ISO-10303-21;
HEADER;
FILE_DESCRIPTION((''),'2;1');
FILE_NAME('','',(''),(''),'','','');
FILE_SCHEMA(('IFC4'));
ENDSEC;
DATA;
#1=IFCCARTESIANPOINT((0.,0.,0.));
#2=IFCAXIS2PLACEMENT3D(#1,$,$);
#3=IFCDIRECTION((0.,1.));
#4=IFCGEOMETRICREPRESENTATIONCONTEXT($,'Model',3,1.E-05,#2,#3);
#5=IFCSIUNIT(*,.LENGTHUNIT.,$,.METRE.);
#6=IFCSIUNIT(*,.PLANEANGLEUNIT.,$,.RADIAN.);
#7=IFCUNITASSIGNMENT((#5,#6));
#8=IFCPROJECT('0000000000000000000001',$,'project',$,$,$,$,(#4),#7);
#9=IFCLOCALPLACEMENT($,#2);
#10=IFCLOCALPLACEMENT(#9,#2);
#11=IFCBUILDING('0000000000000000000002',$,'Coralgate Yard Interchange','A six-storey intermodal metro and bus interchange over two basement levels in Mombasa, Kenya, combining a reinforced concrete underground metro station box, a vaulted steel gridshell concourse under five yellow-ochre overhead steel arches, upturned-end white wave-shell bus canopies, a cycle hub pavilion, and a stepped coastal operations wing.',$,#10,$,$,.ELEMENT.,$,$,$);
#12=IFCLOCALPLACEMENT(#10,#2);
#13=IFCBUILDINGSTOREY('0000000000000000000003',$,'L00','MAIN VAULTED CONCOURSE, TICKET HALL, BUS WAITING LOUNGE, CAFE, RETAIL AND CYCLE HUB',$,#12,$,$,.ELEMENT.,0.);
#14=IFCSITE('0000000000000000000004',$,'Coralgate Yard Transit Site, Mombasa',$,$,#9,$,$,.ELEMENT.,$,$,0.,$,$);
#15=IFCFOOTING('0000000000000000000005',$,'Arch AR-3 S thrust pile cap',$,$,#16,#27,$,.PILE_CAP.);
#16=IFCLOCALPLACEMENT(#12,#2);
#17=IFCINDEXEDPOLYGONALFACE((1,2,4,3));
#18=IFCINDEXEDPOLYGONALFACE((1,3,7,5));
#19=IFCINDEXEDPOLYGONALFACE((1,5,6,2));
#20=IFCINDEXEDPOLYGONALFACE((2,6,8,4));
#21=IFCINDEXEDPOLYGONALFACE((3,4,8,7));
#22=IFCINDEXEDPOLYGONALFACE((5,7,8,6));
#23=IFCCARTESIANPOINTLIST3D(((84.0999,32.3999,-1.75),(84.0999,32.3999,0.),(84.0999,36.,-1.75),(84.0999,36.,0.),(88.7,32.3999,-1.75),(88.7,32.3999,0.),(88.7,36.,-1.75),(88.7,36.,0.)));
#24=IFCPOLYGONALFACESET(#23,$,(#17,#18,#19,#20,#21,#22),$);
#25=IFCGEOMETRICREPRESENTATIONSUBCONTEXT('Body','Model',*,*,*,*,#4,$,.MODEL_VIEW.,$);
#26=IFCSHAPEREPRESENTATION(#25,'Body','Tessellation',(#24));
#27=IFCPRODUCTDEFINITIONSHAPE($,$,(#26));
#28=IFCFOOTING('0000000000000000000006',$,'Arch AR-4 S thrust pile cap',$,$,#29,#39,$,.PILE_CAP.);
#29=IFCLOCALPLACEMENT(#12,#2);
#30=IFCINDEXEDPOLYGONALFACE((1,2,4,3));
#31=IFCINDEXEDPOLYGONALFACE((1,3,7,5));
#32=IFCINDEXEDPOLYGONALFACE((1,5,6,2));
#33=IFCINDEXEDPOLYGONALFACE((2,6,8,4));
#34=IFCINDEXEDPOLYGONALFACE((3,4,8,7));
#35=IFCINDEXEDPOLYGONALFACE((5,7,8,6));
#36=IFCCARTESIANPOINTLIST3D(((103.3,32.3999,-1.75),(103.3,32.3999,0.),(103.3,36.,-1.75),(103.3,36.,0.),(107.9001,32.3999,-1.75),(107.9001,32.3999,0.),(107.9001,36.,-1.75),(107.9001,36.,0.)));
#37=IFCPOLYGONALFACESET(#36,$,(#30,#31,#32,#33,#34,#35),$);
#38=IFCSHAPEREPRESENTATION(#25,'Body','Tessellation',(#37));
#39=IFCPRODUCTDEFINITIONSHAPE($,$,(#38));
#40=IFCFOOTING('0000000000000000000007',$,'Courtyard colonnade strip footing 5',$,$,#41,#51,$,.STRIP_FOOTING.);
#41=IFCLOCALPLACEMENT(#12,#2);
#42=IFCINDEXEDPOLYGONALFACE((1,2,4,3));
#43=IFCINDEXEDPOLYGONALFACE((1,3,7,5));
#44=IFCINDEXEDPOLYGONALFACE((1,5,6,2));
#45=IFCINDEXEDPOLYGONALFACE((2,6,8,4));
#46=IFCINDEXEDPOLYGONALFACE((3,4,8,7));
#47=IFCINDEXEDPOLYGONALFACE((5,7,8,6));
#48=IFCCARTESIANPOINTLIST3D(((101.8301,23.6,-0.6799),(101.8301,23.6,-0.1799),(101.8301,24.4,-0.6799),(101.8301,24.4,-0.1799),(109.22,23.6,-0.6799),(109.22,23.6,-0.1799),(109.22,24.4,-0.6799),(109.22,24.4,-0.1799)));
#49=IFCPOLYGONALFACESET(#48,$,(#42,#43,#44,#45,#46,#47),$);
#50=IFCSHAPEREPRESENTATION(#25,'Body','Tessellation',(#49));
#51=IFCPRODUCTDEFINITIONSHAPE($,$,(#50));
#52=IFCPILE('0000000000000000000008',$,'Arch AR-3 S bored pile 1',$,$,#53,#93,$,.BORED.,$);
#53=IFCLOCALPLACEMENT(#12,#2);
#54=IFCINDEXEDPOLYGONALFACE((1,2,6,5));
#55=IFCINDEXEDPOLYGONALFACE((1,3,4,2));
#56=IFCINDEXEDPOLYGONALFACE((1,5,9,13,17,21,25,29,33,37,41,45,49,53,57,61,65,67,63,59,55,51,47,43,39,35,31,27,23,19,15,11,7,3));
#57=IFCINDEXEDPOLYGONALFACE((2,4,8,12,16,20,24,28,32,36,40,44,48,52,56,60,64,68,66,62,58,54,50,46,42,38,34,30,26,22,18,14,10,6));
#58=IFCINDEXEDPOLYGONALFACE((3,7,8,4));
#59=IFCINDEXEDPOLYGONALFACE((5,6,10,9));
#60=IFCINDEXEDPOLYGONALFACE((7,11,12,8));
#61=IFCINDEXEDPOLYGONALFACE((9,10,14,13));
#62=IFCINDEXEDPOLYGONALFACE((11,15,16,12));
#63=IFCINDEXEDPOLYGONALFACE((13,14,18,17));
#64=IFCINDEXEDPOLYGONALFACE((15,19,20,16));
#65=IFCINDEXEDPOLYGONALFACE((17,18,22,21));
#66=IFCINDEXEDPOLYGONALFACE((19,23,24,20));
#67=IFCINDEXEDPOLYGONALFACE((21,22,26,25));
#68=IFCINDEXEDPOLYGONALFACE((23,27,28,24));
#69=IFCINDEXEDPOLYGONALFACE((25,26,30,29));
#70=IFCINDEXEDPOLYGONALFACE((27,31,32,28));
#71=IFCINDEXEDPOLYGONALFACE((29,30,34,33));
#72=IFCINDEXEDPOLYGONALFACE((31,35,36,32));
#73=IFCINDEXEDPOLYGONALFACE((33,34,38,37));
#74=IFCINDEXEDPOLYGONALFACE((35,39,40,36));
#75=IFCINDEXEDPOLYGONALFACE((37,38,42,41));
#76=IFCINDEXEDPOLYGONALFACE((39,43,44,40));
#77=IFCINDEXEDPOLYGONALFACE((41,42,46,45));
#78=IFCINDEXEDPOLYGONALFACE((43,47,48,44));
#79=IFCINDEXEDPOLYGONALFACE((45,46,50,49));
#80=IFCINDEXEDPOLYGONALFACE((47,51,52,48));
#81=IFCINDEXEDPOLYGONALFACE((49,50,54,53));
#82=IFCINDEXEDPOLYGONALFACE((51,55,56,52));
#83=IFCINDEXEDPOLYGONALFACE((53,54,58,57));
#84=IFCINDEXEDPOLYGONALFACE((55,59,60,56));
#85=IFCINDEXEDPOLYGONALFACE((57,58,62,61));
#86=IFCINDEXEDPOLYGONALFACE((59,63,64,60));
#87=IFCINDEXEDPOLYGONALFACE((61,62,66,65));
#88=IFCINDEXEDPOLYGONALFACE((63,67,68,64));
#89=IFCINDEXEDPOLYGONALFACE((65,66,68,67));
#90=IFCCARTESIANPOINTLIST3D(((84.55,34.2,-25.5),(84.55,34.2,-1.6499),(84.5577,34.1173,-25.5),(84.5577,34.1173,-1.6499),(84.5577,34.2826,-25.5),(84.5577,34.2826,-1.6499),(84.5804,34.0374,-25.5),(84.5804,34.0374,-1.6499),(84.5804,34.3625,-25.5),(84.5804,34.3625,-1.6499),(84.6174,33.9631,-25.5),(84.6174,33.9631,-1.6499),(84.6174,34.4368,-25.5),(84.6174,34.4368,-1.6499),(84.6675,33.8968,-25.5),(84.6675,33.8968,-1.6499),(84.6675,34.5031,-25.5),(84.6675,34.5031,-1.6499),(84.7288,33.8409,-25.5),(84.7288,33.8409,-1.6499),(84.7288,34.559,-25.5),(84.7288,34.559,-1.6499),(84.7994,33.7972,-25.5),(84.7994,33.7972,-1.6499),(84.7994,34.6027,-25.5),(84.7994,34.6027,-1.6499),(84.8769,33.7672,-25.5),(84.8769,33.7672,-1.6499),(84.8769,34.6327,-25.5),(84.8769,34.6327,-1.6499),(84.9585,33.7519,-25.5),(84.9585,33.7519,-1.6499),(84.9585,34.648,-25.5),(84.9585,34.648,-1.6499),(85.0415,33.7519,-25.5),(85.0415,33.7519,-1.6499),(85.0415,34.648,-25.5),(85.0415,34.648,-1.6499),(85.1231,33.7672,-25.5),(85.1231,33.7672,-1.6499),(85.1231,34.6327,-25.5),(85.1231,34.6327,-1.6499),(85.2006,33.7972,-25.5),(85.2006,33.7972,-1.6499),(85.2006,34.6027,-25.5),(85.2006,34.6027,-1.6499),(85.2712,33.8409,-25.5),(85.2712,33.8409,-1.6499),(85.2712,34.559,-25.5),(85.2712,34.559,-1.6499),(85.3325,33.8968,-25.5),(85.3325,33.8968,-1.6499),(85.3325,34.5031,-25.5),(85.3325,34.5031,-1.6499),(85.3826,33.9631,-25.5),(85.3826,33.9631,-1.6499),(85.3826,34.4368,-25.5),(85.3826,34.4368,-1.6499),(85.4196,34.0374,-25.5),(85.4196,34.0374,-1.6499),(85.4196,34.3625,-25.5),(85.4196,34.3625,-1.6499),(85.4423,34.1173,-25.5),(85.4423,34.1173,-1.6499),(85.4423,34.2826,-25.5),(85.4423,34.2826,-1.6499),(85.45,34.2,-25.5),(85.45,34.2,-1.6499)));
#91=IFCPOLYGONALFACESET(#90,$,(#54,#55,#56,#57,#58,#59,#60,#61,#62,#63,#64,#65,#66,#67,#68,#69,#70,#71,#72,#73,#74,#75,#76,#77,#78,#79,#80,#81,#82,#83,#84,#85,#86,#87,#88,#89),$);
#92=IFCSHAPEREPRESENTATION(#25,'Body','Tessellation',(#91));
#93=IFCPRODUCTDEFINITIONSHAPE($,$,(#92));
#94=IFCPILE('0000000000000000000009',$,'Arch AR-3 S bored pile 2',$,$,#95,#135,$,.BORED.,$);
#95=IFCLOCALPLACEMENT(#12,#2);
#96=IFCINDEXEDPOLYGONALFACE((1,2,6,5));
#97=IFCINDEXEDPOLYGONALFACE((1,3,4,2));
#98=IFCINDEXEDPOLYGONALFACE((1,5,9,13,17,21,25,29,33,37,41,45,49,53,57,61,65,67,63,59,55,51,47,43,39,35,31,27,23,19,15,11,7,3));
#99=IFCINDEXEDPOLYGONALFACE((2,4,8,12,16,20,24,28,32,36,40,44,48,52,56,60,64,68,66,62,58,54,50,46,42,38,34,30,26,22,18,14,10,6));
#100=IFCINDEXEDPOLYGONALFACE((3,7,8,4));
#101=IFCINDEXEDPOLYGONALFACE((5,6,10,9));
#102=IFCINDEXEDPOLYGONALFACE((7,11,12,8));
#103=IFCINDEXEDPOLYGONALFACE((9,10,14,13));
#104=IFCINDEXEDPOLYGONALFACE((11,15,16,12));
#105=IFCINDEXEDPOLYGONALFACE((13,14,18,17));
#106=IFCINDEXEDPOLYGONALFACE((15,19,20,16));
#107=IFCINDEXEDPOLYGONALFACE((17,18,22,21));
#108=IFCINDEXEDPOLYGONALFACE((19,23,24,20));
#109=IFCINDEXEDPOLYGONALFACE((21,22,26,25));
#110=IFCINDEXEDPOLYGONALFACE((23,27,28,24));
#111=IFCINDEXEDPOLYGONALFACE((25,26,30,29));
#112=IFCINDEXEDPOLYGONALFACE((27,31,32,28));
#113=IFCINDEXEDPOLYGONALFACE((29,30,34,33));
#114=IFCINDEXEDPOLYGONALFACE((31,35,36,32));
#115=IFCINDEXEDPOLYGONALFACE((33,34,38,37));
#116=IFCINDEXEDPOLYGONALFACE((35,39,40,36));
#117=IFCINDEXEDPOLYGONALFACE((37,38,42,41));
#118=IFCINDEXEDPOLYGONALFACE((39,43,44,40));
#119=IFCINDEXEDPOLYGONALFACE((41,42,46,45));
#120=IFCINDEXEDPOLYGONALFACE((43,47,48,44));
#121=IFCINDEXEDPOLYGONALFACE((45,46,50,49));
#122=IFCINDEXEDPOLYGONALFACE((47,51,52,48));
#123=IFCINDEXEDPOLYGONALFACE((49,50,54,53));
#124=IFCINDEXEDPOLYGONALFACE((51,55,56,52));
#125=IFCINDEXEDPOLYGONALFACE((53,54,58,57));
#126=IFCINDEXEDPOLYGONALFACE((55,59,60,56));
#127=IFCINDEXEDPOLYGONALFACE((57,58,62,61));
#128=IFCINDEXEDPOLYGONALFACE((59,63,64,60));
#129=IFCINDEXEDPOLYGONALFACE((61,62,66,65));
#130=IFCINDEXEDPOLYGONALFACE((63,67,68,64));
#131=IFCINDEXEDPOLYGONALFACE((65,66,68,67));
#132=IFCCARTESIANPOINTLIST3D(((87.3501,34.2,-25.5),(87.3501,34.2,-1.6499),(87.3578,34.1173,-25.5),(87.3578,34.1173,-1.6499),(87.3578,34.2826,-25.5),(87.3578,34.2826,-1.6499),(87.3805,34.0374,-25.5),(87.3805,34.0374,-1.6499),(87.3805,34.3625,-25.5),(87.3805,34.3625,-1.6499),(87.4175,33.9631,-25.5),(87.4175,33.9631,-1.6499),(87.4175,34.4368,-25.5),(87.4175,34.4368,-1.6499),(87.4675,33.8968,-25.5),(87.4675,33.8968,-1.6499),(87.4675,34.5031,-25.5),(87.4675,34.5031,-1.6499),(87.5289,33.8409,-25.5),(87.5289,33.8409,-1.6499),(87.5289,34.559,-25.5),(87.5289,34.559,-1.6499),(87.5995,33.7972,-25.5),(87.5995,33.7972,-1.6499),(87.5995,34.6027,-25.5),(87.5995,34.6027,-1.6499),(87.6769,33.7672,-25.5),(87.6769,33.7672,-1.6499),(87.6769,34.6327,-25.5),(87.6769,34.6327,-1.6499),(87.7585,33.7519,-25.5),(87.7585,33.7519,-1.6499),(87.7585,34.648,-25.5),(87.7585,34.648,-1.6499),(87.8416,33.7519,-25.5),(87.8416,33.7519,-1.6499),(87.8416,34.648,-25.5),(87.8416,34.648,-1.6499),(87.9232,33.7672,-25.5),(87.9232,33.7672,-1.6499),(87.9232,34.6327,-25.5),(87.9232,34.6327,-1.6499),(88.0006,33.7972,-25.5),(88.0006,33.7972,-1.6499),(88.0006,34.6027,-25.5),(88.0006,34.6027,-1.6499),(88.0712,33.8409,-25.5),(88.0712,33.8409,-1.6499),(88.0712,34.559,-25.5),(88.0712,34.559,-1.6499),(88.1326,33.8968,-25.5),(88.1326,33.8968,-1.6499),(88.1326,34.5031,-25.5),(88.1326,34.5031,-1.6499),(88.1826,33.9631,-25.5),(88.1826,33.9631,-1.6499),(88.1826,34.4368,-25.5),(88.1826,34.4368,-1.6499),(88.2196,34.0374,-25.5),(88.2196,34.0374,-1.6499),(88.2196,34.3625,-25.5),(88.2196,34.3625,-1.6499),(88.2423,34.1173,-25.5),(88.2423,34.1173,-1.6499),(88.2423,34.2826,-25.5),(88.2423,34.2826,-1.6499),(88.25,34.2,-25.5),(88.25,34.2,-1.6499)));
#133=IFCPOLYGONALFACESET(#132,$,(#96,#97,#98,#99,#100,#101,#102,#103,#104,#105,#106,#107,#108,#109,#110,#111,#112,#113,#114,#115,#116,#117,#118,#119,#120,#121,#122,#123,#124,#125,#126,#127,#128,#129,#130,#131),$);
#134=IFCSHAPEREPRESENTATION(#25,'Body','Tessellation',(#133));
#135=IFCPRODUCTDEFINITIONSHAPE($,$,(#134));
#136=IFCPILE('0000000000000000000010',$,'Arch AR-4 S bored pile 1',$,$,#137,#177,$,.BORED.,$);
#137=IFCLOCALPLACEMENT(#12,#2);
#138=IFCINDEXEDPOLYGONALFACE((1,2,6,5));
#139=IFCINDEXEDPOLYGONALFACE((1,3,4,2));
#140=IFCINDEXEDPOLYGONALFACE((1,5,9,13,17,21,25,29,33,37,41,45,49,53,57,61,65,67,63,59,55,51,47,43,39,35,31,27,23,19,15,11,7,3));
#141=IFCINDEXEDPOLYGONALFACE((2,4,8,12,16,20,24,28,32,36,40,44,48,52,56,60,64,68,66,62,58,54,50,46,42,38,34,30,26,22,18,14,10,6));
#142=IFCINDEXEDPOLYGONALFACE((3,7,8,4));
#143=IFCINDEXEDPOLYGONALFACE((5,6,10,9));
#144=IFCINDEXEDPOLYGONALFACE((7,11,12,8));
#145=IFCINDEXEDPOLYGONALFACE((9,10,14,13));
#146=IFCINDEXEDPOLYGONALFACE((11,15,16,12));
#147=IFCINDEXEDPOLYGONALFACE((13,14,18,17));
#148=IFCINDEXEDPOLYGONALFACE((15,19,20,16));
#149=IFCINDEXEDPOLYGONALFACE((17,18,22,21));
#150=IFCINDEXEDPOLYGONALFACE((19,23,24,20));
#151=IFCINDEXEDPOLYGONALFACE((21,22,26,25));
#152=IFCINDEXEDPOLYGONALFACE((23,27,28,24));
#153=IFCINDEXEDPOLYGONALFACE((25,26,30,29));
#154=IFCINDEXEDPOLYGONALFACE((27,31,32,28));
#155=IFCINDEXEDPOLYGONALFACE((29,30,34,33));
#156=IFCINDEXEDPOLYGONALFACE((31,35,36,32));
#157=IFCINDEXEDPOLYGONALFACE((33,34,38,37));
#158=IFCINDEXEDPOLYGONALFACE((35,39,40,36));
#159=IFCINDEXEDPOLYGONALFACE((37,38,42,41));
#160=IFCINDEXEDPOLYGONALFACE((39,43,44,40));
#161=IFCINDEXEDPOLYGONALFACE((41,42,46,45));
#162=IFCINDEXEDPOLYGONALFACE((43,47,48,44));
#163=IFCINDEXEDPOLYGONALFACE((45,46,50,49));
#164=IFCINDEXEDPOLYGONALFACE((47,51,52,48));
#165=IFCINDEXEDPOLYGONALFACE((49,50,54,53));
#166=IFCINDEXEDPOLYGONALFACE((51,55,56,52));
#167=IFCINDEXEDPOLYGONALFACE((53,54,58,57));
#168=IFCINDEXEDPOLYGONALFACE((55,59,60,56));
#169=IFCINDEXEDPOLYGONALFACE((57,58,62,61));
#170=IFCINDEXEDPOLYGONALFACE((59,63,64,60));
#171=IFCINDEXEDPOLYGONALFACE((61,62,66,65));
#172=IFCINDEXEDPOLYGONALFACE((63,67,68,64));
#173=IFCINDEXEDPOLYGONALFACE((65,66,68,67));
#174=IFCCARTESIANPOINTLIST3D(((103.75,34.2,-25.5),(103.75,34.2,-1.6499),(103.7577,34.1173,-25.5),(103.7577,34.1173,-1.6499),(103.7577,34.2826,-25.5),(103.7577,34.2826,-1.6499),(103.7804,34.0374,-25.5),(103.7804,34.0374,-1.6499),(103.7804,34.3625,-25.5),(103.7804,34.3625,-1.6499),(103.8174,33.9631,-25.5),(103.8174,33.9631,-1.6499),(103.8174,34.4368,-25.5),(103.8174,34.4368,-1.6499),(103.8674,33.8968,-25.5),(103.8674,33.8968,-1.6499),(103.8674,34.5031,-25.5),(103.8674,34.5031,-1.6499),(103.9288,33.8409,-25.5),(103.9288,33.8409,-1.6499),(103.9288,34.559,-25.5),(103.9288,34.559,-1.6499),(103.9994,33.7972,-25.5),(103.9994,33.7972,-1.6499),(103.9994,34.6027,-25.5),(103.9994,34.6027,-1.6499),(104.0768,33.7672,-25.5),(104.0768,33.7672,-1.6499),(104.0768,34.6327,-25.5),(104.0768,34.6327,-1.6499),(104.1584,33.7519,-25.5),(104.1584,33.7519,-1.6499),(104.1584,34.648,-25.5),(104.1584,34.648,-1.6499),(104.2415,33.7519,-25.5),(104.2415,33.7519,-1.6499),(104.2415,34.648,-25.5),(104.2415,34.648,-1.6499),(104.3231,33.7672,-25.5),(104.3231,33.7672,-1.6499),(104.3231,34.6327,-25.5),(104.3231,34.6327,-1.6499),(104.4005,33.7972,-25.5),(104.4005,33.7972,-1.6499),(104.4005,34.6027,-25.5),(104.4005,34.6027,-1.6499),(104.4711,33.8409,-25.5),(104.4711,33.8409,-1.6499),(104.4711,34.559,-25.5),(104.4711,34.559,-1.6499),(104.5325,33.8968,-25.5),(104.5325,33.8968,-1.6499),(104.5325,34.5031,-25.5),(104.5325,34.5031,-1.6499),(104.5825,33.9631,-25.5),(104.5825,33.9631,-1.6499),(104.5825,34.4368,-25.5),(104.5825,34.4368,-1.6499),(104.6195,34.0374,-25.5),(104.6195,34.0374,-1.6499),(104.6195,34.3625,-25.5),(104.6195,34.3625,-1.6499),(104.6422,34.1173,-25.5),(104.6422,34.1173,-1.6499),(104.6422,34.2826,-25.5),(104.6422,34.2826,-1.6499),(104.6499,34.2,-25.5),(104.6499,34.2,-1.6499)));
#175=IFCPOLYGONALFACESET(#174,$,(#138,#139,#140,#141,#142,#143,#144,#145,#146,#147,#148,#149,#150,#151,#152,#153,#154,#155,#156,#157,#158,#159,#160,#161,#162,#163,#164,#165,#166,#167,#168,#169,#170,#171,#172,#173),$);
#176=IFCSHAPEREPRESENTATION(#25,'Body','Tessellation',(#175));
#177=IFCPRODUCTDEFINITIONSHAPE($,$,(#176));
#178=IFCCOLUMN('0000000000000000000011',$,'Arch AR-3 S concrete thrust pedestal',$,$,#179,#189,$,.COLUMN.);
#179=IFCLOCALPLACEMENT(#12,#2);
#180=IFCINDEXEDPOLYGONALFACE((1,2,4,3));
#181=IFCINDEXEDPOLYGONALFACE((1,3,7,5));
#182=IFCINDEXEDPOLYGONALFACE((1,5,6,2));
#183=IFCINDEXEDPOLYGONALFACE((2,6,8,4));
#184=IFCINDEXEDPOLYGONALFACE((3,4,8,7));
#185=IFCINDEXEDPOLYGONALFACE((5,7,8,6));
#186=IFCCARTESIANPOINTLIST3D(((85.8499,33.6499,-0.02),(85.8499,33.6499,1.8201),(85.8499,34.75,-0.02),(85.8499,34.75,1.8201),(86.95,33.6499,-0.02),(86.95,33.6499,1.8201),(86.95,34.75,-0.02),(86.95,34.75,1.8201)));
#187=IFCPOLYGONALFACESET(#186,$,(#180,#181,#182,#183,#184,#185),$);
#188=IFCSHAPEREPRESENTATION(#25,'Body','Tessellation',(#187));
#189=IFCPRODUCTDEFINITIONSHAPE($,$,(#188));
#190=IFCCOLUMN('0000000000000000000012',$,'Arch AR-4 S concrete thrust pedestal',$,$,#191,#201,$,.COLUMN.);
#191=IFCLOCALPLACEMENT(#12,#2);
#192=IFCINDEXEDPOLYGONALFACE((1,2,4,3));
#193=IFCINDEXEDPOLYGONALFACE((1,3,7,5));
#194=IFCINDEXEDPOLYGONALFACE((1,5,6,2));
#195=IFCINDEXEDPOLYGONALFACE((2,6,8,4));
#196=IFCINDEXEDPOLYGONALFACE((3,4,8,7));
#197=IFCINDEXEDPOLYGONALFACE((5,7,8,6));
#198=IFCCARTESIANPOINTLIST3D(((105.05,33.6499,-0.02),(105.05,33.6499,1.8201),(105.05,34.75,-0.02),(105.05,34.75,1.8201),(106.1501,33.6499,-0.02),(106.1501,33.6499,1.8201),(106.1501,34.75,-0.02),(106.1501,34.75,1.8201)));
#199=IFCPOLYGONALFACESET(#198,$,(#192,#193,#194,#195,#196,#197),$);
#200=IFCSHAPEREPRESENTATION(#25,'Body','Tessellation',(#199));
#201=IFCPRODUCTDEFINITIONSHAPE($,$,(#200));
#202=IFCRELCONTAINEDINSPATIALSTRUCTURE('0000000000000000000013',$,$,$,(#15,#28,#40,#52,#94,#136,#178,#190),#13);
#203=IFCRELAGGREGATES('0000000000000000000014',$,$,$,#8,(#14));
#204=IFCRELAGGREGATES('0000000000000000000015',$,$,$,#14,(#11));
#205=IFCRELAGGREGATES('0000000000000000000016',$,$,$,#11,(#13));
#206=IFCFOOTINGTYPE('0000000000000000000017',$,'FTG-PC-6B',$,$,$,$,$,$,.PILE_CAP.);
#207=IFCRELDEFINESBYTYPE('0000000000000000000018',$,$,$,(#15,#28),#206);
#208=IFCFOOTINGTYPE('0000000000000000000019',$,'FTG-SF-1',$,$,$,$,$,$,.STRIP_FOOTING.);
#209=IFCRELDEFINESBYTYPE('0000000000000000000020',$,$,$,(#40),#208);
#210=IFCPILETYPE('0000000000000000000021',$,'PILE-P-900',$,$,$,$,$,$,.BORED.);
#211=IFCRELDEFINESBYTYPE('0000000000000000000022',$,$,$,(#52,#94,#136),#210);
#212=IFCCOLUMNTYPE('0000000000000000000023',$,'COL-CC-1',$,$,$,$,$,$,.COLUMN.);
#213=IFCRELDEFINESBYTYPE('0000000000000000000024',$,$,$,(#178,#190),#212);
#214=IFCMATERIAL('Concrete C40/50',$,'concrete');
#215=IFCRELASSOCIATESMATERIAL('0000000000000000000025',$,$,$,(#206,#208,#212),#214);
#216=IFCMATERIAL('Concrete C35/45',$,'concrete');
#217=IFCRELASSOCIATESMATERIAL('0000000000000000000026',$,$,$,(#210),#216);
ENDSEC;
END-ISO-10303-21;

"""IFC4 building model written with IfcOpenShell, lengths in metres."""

from ifc_helpers import new_model, si_unit, direction, frame, origin, origin_2d, place, context, subcontext, project, spatial, rectangle, circle, extrude, material, material_profile, profile_set, type_object, element, save


model = new_model("IFC4")

# Units and contexts
model_context = context("Model", 3, precision=1e-05, world=origin(), true_north=direction((0.0, 1.0)))
body_context = subcontext(model_context, "Body", "Model", "MODEL_VIEW")
ifc_project = project(units=[si_unit("LENGTHUNIT", "METRE"), si_unit("PLANEANGLEUNIT", "RADIAN")], contexts=[model_context])

# Site, building, storey
site_placement = place(None, origin())
site = spatial("IfcSite", under=ifc_project, at=site_placement, Name="Coralgate Yard Transit Site, Mombasa", CompositionType="ELEMENT", RefElevation=0.0)
building_placement = place(site_placement, origin())
building = spatial("IfcBuilding", under=site, at=building_placement, Name="Coralgate Yard Interchange", Description="A six-storey intermodal metro and bus interchange over two basement levels in Mombasa, Kenya, combining a reinforced concrete underground metro station box, a vaulted steel gridshell concourse under five yellow-ochre overhead steel arches, upturned-end white wave-shell bus canopies, a cycle hub pavilion, and a stepped coastal operations wing.", CompositionType="ELEMENT")
storey_placement = place(building_placement, origin())
storey = spatial("IfcBuildingStorey", under=building, at=storey_placement, Name="L00", Description="MAIN VAULTED CONCOURSE, TICKET HALL, BUS WAITING LOUNGE, CAFE, RETAIL AND CYCLE HUB", CompositionType="ELEMENT", Elevation=0.0)

# Footings
ifc_material_1 = material(Name="Concrete C40/50", Category="concrete")
footing_type_1 = type_object("IfcFootingType", Name="FTG-PC-6B", PredefinedType="PILE_CAP", material=ifc_material_1)
for number, where, z_axis, x_axis, name in (
    (1, (86.3999, 34.2, -1.75), (0.0, 0.0, 1.0), (1.0, 0.0, 0.0), "Arch AR-3 S thrust pile cap"),
    (2, (105.6001, 34.2, -1.75), (0.0, 0.0, 1.0), (1.0, 0.0, 0.0), "Arch AR-4 S thrust pile cap"),
):
    element("IfcFooting", number, at=place(storey_placement, frame(where, z_axis=z_axis, x_axis=x_axis)), inside=storey, type_object=footing_type_1, Name=name, PredefinedType="PILE_CAP", context=body_context, shape_type="SweptSolid", body=[
        extrude(rectangle(XDim=4.6001, YDim=3.6001, at=origin_2d()), origin(), (0.0, 0.0, 1.0), 1.75),
    ])
ifc_material_profile_1 = material_profile(ifc_material_1, rectangle(XDim=0.8, YDim=0.5, at=origin_2d()), Name="RC 800x500")
ifc_profile_set_1 = profile_set([ifc_material_profile_1], Name="Concrete C40/50")
footing_type_2 = type_object("IfcFootingType", Name="FTG-SF-1", PredefinedType="STRIP_FOOTING", material=ifc_profile_set_1)
footing_placement = place(storey_placement, frame((101.8301, 24.0, -0.4299), z_axis=(1.0, 0.0, 0.0), x_axis=(0.0, 1.0, 0.0)))
element("IfcFooting", 3, at=footing_placement, inside=storey, type_object=footing_type_2, Name="Courtyard colonnade strip footing 5", PredefinedType="STRIP_FOOTING", context=body_context, shape_type="SweptSolid", body=[
    extrude(rectangle(XDim=0.8, YDim=0.5, at=origin_2d()), origin(), (0.0, 0.0, 1.0), 7.3899),
])

# Piles
ifc_material_2 = material(Name="Concrete C35/45", Category="concrete")
ifc_material_profile_2 = material_profile(ifc_material_2, circle(Radius=0.45, at=origin_2d()), Name="BORED PILE D900")
ifc_profile_set_2 = profile_set([ifc_material_profile_2], Name="Concrete C35/45")
pile_type = type_object("IfcPileType", Name="PILE-P-900", PredefinedType="BORED", material=ifc_profile_set_2)
for number, where, z_axis, x_axis, name in (
    (4, (85.0, 34.2, -1.6499), (0.0, 0.0, -1.0), (1.0, 0.0, 0.0), "Arch AR-3 S bored pile 1"),
    (5, (87.8, 34.2, -1.6499), (0.0, 0.0, -1.0), (1.0, 0.0, 0.0), "Arch AR-3 S bored pile 2"),
    (6, (104.2, 34.2, -1.6499), (0.0, 0.0, -1.0), (1.0, 0.0, 0.0), "Arch AR-4 S bored pile 1"),
):
    element("IfcPile", number, at=place(storey_placement, frame(where, z_axis=z_axis, x_axis=x_axis)), inside=storey, type_object=pile_type, Name=name, PredefinedType="BORED", context=body_context, shape_type="SweptSolid", body=[
        extrude(circle(Radius=0.45, at=origin_2d()), origin(), (0.0, 0.0, 1.0), 23.8501),
    ])

# Columns
ifc_material_profile_3 = material_profile(ifc_material_1, rectangle(XDim=1.1001, YDim=1.1001, at=origin_2d()), Name="RC 1100x1100")
ifc_profile_set_3 = profile_set([ifc_material_profile_3], Name="Concrete C40/50")
column_type_1 = type_object("IfcColumnType", Name="COL-CC-1", PredefinedType="COLUMN", material=ifc_profile_set_3)
for number, where, z_axis, x_axis, name in (
    (7, (86.3999, 34.2, -0.02), (0.0, 0.0, 1.0), (1.0, 0.0, 0.0), "Arch AR-3 S concrete thrust pedestal"),
    (8, (105.6001, 34.2, -0.02), (0.0, 0.0, 1.0), (1.0, 0.0, 0.0), "Arch AR-4 S concrete thrust pedestal"),
):
    element("IfcColumn", number, at=place(storey_placement, frame(where, z_axis=z_axis, x_axis=x_axis)), inside=storey, type_object=column_type_1, Name=name, PredefinedType="COLUMN", context=body_context, shape_type="SweptSolid", body=[
        extrude(rectangle(XDim=1.1001, YDim=1.1001, at=origin_2d()), origin(), (0.0, 0.0, 1.0), 1.8401),
    ])

save(model, "model.ifc")
